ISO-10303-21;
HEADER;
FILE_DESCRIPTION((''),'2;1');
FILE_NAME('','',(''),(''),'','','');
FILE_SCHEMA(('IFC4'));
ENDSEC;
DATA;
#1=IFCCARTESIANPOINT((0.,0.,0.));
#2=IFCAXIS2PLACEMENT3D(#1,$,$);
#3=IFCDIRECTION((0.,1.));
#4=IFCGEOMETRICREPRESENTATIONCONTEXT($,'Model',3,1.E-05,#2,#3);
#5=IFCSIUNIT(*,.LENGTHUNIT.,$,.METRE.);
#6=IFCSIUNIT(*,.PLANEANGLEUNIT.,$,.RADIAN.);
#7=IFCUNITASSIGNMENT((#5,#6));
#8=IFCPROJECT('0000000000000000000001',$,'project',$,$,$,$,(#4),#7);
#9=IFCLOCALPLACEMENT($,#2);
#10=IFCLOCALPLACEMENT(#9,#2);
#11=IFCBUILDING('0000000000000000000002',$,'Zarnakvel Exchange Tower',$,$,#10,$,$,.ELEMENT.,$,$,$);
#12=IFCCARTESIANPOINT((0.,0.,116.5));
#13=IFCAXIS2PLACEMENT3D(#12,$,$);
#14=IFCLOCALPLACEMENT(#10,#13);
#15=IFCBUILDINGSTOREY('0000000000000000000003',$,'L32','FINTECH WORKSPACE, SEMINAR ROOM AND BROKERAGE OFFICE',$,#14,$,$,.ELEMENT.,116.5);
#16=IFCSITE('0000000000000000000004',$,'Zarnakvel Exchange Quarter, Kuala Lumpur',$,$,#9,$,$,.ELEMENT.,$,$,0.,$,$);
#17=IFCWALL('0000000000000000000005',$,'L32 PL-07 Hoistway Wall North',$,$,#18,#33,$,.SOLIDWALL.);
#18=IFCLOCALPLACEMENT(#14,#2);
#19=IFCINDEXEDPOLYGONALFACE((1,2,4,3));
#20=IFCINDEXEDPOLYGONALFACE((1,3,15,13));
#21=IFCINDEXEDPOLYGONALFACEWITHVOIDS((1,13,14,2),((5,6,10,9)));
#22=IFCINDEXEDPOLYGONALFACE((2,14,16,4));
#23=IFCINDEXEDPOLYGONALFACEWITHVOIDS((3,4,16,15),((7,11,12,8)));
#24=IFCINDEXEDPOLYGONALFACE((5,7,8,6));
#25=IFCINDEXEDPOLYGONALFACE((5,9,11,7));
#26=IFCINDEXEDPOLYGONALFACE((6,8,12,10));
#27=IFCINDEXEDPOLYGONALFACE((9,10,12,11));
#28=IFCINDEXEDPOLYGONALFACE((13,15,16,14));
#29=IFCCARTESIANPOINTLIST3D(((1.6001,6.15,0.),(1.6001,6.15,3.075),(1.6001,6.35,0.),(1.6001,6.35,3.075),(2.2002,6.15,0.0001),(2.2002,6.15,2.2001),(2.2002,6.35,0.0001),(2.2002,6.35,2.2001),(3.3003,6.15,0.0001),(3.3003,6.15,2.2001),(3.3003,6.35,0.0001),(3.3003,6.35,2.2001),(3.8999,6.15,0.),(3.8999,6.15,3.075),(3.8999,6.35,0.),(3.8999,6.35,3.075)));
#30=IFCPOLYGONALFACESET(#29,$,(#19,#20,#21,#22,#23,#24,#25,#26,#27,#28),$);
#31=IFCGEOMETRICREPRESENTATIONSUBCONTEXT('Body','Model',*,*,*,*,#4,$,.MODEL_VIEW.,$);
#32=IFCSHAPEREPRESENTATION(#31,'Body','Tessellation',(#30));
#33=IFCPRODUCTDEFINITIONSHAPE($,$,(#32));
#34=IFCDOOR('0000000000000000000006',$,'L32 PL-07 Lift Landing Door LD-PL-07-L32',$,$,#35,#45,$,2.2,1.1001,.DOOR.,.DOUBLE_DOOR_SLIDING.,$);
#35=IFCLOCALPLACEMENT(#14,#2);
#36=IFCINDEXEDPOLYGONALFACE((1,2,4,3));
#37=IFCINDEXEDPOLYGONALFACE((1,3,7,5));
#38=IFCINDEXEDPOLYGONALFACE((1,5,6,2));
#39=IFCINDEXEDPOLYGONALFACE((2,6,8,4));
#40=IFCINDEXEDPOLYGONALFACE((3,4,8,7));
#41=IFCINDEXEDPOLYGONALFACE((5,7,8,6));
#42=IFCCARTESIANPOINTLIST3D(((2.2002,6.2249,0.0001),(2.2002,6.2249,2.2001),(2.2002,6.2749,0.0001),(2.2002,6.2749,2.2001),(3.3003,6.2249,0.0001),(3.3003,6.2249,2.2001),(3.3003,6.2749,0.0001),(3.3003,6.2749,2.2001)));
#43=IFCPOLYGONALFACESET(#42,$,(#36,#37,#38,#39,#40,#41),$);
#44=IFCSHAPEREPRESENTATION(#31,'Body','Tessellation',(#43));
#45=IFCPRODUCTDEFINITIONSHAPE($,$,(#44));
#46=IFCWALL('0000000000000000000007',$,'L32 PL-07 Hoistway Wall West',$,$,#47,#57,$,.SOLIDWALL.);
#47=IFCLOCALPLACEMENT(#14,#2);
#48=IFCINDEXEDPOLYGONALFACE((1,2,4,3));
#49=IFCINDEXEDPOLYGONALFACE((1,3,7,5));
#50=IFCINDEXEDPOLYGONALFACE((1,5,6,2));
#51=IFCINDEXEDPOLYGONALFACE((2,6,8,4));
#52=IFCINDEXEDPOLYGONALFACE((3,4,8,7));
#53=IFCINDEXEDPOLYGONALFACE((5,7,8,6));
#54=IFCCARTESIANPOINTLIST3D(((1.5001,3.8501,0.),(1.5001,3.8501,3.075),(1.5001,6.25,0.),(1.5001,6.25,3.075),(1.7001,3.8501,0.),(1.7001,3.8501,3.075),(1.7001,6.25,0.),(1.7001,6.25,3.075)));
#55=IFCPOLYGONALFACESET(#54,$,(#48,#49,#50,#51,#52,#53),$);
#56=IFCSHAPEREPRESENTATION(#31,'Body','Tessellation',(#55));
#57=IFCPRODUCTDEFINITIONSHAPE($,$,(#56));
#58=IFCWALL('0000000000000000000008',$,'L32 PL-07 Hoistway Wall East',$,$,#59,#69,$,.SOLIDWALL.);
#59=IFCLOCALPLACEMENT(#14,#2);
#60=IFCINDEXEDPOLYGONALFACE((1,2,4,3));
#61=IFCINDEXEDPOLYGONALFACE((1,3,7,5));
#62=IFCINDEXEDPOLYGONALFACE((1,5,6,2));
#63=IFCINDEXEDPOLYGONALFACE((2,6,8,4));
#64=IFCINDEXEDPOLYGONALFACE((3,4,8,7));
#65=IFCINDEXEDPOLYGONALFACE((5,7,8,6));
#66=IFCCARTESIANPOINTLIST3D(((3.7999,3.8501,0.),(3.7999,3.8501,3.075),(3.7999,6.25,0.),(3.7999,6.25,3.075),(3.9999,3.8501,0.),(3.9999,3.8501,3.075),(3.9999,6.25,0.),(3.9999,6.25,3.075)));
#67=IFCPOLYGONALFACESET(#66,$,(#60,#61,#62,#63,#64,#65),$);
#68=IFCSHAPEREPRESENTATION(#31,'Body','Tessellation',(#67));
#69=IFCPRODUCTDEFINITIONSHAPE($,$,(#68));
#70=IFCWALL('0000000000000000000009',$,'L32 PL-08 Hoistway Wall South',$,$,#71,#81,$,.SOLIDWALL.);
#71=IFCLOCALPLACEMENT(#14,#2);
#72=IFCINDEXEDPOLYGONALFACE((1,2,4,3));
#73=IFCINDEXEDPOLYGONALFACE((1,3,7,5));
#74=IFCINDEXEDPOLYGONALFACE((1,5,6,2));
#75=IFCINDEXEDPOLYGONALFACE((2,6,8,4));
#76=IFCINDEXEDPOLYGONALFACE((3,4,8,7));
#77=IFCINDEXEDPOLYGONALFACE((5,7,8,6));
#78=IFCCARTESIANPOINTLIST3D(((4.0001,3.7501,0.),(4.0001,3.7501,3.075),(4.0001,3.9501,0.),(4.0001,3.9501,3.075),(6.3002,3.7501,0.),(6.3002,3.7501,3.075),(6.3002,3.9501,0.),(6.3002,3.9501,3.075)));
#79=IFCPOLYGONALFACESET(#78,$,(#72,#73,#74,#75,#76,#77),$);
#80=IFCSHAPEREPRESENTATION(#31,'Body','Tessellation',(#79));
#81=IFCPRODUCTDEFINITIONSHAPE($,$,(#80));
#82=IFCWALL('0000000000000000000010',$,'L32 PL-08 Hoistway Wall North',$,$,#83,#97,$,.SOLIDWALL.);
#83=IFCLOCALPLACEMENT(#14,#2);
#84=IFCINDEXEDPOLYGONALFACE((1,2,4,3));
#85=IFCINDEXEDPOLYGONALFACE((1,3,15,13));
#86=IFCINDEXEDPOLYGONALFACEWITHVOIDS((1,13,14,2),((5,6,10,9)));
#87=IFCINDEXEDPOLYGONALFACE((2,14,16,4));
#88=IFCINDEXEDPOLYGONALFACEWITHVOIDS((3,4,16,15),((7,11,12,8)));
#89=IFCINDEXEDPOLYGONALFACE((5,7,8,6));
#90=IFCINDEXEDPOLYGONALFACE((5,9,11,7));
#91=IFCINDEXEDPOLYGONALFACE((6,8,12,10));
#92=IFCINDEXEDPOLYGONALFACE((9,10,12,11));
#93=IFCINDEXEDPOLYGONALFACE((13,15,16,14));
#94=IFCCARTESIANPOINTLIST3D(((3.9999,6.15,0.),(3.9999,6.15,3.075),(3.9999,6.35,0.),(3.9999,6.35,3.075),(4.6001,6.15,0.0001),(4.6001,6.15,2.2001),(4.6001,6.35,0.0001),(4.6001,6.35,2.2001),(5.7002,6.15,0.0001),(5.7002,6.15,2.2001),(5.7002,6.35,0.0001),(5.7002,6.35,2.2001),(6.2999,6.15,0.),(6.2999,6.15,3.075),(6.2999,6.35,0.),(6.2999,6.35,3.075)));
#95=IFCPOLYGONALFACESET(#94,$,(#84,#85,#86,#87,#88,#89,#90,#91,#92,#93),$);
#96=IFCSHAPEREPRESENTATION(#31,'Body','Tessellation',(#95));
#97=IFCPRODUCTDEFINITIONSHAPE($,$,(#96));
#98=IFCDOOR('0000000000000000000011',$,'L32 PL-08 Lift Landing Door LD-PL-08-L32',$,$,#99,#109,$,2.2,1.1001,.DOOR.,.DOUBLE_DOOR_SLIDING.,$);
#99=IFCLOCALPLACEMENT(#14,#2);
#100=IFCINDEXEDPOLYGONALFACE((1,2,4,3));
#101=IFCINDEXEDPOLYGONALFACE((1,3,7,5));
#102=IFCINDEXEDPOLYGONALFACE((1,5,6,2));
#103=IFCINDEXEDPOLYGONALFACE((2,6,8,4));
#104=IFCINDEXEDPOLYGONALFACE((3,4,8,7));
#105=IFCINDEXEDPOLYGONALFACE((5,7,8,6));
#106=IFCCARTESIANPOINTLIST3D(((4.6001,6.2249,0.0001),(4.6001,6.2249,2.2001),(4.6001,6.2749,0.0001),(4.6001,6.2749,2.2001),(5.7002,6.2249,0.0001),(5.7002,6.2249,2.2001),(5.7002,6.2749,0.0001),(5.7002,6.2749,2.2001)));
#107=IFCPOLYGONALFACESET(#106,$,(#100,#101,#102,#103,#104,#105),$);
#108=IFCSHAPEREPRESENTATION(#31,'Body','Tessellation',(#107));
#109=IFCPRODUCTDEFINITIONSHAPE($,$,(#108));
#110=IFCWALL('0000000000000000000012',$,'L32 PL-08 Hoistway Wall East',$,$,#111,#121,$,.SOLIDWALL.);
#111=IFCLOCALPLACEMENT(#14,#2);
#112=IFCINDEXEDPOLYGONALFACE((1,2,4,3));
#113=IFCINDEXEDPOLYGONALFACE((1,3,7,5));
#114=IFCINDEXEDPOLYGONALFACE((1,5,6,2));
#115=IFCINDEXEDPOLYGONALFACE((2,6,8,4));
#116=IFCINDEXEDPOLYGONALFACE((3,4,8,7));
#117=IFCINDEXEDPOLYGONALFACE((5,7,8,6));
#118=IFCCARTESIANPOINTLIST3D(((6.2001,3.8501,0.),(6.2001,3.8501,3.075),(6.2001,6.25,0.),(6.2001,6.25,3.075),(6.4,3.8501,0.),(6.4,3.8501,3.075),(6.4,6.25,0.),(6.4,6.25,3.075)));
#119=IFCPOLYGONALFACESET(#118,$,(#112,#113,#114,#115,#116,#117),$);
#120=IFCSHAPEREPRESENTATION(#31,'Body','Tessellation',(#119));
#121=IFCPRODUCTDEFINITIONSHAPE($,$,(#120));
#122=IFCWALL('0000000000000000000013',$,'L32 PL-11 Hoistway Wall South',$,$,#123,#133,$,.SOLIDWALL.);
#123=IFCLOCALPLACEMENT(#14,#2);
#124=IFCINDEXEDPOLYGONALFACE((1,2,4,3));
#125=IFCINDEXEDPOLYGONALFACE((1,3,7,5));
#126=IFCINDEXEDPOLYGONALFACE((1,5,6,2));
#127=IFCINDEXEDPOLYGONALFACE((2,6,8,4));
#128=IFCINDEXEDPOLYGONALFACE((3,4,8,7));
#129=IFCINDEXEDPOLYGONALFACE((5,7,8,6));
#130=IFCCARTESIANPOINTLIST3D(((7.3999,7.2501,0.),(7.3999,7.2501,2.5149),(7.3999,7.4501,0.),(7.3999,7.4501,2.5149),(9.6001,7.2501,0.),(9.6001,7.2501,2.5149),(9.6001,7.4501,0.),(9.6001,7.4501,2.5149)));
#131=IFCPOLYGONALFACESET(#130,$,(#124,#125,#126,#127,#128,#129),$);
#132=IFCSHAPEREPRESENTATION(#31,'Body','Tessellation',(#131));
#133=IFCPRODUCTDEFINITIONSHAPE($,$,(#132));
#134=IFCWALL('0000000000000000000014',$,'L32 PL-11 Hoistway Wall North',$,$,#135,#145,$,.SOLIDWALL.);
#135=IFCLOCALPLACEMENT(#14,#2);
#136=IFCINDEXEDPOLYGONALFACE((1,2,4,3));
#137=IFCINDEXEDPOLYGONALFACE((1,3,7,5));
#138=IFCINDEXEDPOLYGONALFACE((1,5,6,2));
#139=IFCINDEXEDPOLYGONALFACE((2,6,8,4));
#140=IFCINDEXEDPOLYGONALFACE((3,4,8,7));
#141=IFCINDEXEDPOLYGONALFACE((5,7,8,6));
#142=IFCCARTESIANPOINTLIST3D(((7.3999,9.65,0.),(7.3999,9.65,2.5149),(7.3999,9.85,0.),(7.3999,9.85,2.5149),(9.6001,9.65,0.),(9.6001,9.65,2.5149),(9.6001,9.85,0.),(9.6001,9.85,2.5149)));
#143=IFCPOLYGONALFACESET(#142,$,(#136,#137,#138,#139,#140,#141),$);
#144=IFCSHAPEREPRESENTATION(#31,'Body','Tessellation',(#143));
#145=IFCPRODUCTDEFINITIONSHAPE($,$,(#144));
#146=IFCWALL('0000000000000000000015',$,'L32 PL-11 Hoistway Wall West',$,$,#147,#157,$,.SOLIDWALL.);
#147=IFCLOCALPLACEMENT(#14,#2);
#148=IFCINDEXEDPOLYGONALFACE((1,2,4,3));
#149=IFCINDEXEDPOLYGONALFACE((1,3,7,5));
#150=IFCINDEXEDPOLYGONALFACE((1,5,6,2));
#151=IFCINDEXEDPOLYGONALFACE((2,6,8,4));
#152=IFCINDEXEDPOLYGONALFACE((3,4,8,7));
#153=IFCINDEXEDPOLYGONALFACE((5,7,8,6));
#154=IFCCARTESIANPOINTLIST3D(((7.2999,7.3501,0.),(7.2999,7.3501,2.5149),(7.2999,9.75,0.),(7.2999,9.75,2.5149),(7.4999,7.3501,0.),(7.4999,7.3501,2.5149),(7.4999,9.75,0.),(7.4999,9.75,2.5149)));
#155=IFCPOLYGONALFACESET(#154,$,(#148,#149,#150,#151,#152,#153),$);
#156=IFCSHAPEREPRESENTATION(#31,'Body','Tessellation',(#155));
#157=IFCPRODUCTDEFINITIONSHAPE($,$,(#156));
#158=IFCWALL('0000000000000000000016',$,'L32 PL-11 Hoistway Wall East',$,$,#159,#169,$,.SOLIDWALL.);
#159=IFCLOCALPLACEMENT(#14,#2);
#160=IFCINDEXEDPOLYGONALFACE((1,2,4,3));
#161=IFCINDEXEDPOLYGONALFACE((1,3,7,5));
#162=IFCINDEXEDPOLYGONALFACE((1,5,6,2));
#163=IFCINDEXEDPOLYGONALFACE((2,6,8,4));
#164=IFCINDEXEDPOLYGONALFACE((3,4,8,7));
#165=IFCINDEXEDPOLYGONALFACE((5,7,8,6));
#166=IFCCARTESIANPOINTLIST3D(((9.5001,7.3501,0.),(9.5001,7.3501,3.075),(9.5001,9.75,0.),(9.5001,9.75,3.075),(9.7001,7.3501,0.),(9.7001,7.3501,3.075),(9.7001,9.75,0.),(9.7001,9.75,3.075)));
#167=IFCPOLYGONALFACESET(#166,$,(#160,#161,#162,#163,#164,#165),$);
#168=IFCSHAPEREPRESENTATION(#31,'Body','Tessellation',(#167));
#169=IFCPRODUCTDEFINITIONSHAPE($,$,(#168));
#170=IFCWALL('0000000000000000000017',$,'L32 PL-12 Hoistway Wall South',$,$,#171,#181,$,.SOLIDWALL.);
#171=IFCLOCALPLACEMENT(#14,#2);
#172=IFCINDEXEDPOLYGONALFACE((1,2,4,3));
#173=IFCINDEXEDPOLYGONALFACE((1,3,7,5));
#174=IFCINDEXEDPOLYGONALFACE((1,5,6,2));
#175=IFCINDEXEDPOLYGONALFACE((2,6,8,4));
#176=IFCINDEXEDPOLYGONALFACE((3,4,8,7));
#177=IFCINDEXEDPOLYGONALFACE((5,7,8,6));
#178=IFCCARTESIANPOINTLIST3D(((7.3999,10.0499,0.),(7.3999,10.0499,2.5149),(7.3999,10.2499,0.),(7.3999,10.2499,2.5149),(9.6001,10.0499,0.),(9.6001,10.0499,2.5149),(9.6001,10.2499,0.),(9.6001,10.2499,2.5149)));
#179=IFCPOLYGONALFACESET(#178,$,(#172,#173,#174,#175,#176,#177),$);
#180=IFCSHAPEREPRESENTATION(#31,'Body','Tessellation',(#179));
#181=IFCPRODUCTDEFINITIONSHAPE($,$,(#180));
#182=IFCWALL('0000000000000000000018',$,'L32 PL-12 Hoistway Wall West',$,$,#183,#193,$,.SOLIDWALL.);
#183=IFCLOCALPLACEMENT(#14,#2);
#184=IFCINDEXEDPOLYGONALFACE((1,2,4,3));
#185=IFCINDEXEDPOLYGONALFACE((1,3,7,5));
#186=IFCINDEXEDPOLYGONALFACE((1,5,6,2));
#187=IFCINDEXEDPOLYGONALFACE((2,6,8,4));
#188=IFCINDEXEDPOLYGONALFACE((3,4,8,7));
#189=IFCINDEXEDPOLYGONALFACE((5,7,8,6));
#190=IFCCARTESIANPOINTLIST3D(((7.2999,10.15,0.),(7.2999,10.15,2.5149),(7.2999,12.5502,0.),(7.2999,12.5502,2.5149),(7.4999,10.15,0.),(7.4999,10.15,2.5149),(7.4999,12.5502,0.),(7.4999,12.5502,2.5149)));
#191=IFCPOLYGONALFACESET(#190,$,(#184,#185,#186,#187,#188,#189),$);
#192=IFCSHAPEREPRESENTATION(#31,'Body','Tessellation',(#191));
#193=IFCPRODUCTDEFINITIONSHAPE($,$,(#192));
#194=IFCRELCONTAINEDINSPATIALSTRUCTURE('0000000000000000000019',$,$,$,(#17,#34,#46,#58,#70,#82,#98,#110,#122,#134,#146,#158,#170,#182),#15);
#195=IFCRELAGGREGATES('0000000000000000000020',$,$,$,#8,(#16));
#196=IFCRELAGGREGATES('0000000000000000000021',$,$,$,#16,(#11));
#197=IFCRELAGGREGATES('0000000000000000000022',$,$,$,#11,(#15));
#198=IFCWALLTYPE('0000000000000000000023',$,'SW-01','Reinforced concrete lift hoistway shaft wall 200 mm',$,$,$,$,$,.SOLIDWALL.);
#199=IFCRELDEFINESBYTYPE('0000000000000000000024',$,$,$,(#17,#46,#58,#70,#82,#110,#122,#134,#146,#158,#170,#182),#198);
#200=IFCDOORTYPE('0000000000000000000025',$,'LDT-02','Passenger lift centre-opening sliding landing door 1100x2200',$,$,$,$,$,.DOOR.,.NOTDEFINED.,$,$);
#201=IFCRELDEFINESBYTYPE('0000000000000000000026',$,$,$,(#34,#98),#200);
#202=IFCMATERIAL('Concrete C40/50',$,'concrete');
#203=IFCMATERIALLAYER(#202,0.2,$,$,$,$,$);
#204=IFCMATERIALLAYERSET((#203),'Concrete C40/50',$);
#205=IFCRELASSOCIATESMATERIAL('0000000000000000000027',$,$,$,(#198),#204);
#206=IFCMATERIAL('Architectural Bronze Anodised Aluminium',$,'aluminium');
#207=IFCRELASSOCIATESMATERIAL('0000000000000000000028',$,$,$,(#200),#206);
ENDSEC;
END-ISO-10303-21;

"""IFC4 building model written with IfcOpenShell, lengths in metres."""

from ifc_helpers import new_model, si_unit, direction, frame, frame_2d, origin, place, context, subcontext, project, spatial, rectangle, extrude, source, transform, mapped, material, layer, layer_set, type_object, element, fill, save


model = new_model("IFC4")

# Units and contexts
model_context = context("Model", 3, precision=1e-05, world=origin(), true_north=direction((0.0, 1.0)))
body_context = subcontext(model_context, "Body", "Model", "MODEL_VIEW")
ifc_project = project(units=[si_unit("LENGTHUNIT", "METRE"), si_unit("PLANEANGLEUNIT", "RADIAN")], contexts=[model_context])

# Site, building, storey
site_placement = place(None, origin())
site = spatial("IfcSite", under=ifc_project, at=site_placement, Name="Zarnakvel Exchange Quarter, Kuala Lumpur", CompositionType="ELEMENT", RefElevation=0.0)
building_placement = place(site_placement, origin())
building = spatial("IfcBuilding", under=site, at=building_placement, Name="Zarnakvel Exchange Tower", CompositionType="ELEMENT")
storey_placement = place(building_placement, frame((0.0, 0.0, 116.5)))
storey = spatial("IfcBuildingStorey", under=building, at=storey_placement, Name="L32", Description="FINTECH WORKSPACE, SEMINAR ROOM AND BROKERAGE OFFICE", CompositionType="ELEMENT", Elevation=116.5)

# Shared definitions
ifc_material_1 = material(Name="Concrete C40/50", Category="concrete")
ifc_layer_1 = layer(ifc_material_1, 0.2)
ifc_layer_set_1 = layer_set([ifc_layer_1], Name="Concrete C40/50")
wall_type_1 = type_object("IfcWallType", Name="SW-01", Description="Reinforced concrete lift hoistway shaft wall 200 mm", PredefinedType="SOLIDWALL", material=ifc_layer_set_1)
shared_shape_1 = source(origin(), body_context, "Body", "SweptSolid", [
    extrude(rectangle(XDim=1.1001, YDim=2.2, at=frame_2d((0.55, 1.1001))), frame((0.0, 0.0249, 0.0), z_axis=(0.0, -1.0, 0.0), x_axis=(1.0, 0.0, 0.0)), (0.0, 0.0, 1.0), 0.05),
])

# Wall, opening, door
wall_1_placement = place(storey_placement, frame((1.6001, 6.25, 0.0), z_axis=(0.0, 0.0, 1.0), x_axis=(1.0, 0.0, 0.0)))
wall_1 = element("IfcWall", 1, at=wall_1_placement, inside=storey, type_object=wall_type_1, Name="L32 PL-07 Hoistway Wall North", PredefinedType="SOLIDWALL", context=body_context, shape_type="SweptSolid", body=[
    extrude(rectangle(XDim=2.2998, YDim=0.2, at=frame_2d((1.1499, 0.0))), origin(), (0.0, 0.0, 1.0), 3.075),
])
opening_1_placement = place(wall_1_placement, frame((0.6001, 0.0, 0.0)))
opening_1 = element("IfcOpeningElement", 2, at=opening_1_placement, cuts=wall_1, PredefinedType="OPENING", context=body_context, shape_type="SweptSolid", body=[
    extrude(rectangle(XDim=1.1001, YDim=2.2, at=frame_2d((0.55, 1.1001))), frame((0.0, 0.1099, 0.0), z_axis=(0.0, -1.0, 0.0), x_axis=(1.0, 0.0, 0.0)), (0.0, 0.0, 1.0), 0.22),
])
ifc_material_2 = material(Name="Architectural Bronze Anodised Aluminium", Category="aluminium")
door_type_1 = type_object("IfcDoorType", Name="LDT-02", Description="Passenger lift centre-opening sliding landing door 1100x2200", OperationType="NOTDEFINED", PredefinedType="DOOR", material=ifc_material_2)
door_1_placement = place(opening_1_placement, origin())
door_1 = element("IfcDoor", 3, at=door_1_placement, inside=storey, type_object=door_type_1, Name="L32 PL-07 Lift Landing Door LD-PL-07-L32", OperationType="DOUBLE_DOOR_SLIDING", OverallHeight=2.2, OverallWidth=1.1001, PredefinedType="DOOR", context=body_context, shape_type="MappedRepresentation", body=[
    mapped(shared_shape_1, transform((0.0, 0.0, 0.0), x_axis=(1.0, 0.0, 0.0), y_axis=(0.0, 1.0, 0.0), z_axis=(0.0, 0.0, 1.0), scale=1.0)),
])
fill(opening_1, door_1)

# Walls
for number, where, z_axis, x_axis, name in (
    (4, (1.6001, 3.8501, 0.0), (0.0, 0.0, 1.0), (0.0, 1.0, 0.0), "L32 PL-07 Hoistway Wall West"),
    (5, (3.8999, 6.25, 0.0), (0.0, 0.0, 1.0), (0.0, -1.0, 0.0), "L32 PL-07 Hoistway Wall East"),
):
    element("IfcWall", number, at=place(storey_placement, frame(where, z_axis=z_axis, x_axis=x_axis)), inside=storey, type_object=wall_type_1, Name=name, PredefinedType="SOLIDWALL", context=body_context, shape_type="SweptSolid", body=[
        extrude(rectangle(XDim=2.3999, YDim=0.2, at=frame_2d((1.2, 0.0))), origin(), (0.0, 0.0, 1.0), 3.075),
    ])
wall_2_placement = place(storey_placement, frame((6.3, 3.8501, 0.0), z_axis=(0.0, 0.0, 1.0), x_axis=(-1.0, 0.0, 0.0)))
element("IfcWall", 6, at=wall_2_placement, inside=storey, type_object=wall_type_1, Name="L32 PL-08 Hoistway Wall South", PredefinedType="SOLIDWALL", context=body_context, shape_type="SweptSolid", body=[
    extrude(rectangle(XDim=2.3, YDim=0.2, at=frame_2d((1.1499, 0.0))), origin(), (0.0, 0.0, 1.0), 3.075),
])

# Wall, opening, door
wall_3_placement = place(storey_placement, frame((4.0, 6.25, 0.0), z_axis=(0.0, 0.0, 1.0), x_axis=(1.0, 0.0, 0.0)))
wall_3 = element("IfcWall", 7, at=wall_3_placement, inside=storey, type_object=wall_type_1, Name="L32 PL-08 Hoistway Wall North", PredefinedType="SOLIDWALL", context=body_context, shape_type="SweptSolid", body=[
    extrude(rectangle(XDim=2.3, YDim=0.2, at=frame_2d((1.1499, 0.0))), origin(), (0.0, 0.0, 1.0), 3.075),
])
opening_2_placement = place(wall_3_placement, frame((0.6001, 0.0, 0.0)))
opening_2 = element("IfcOpeningElement", 8, at=opening_2_placement, cuts=wall_3, PredefinedType="OPENING", context=body_context, shape_type="SweptSolid", body=[
    extrude(rectangle(XDim=1.1001, YDim=2.2, at=frame_2d((0.55, 1.1001))), frame((0.0, 0.1099, 0.0), z_axis=(0.0, -1.0, 0.0), x_axis=(1.0, 0.0, 0.0)), (0.0, 0.0, 1.0), 0.22),
])
door_2_placement = place(opening_2_placement, origin())
door_2 = element("IfcDoor", 9, at=door_2_placement, inside=storey, type_object=door_type_1, Name="L32 PL-08 Lift Landing Door LD-PL-08-L32", OperationType="DOUBLE_DOOR_SLIDING", OverallHeight=2.2, OverallWidth=1.1001, PredefinedType="DOOR", context=body_context, shape_type="MappedRepresentation", body=[
    mapped(shared_shape_1, transform((0.0, 0.0, 0.0), x_axis=(1.0, 0.0, 0.0), y_axis=(0.0, 1.0, 0.0), z_axis=(0.0, 0.0, 1.0), scale=1.0)),
])
fill(opening_2, door_2)

# Walls
wall_4_placement = place(storey_placement, frame((6.3, 6.25, 0.0), z_axis=(0.0, 0.0, 1.0), x_axis=(0.0, -1.0, 0.0)))
element("IfcWall", 10, at=wall_4_placement, inside=storey, type_object=wall_type_1, Name="L32 PL-08 Hoistway Wall East", PredefinedType="SOLIDWALL", context=body_context, shape_type="SweptSolid", body=[
    extrude(rectangle(XDim=2.3999, YDim=0.2, at=frame_2d((1.2, 0.0))), origin(), (0.0, 0.0, 1.0), 3.075),
])
for number, where, z_axis, x_axis, name in (
    (11, (9.6001, 7.3501, 0.0), (0.0, 0.0, 1.0), (-1.0, 0.0, 0.0), "L32 PL-11 Hoistway Wall South"),
    (12, (7.3999, 9.75, 0.0), (0.0, 0.0, 1.0), (1.0, 0.0, 0.0), "L32 PL-11 Hoistway Wall North"),
):
    element("IfcWall", number, at=place(storey_placement, frame(where, z_axis=z_axis, x_axis=x_axis)), inside=storey, type_object=wall_type_1, Name=name, PredefinedType="SOLIDWALL", context=body_context, shape_type="SweptSolid", body=[
        extrude(rectangle(XDim=2.2002, YDim=0.2, at=frame_2d((1.1001, 0.0))), origin(), (0.0, 0.0, 1.0), 2.5149),
    ])
wall_5_placement = place(storey_placement, frame((7.3999, 7.3501, 0.0), z_axis=(0.0, 0.0, 1.0), x_axis=(0.0, 1.0, 0.0)))
element("IfcWall", 13, at=wall_5_placement, inside=storey, type_object=wall_type_1, Name="L32 PL-11 Hoistway Wall West", PredefinedType="SOLIDWALL", context=body_context, shape_type="SweptSolid", body=[
    extrude(rectangle(XDim=2.3999, YDim=0.2, at=frame_2d((1.2, 0.0))), origin(), (0.0, 0.0, 1.0), 2.5149),
])
wall_6_placement = place(storey_placement, frame((9.6001, 9.75, 0.0), z_axis=(0.0, 0.0, 1.0), x_axis=(0.0, -1.0, 0.0)))
element("IfcWall", 14, at=wall_6_placement, inside=storey, type_object=wall_type_1, Name="L32 PL-11 Hoistway Wall East", PredefinedType="SOLIDWALL", context=body_context, shape_type="SweptSolid", body=[
    extrude(rectangle(XDim=2.3999, YDim=0.2, at=frame_2d((1.2, 0.0))), origin(), (0.0, 0.0, 1.0), 3.075),
])
wall_7_placement = place(storey_placement, frame((9.6001, 10.1499, 0.0), z_axis=(0.0, 0.0, 1.0), x_axis=(-1.0, 0.0, 0.0)))
element("IfcWall", 15, at=wall_7_placement, inside=storey, type_object=wall_type_1, Name="L32 PL-12 Hoistway Wall South", PredefinedType="SOLIDWALL", context=body_context, shape_type="SweptSolid", body=[
    extrude(rectangle(XDim=2.2002, YDim=0.2, at=frame_2d((1.1001, 0.0))), origin(), (0.0, 0.0, 1.0), 2.5149),
])
wall_8_placement = place(storey_placement, frame((7.3999, 10.1499, 0.0), z_axis=(0.0, 0.0, 1.0), x_axis=(0.0, 1.0, 0.0)))
element("IfcWall", 16, at=wall_8_placement, inside=storey, type_object=wall_type_1, Name="L32 PL-12 Hoistway Wall West", PredefinedType="SOLIDWALL", context=body_context, shape_type="SweptSolid", body=[
    extrude(rectangle(XDim=2.4001, YDim=0.2, at=frame_2d((1.2002, 0.0))), origin(), (0.0, 0.0, 1.0), 2.5149),
])

save(model, "model.ifc")
